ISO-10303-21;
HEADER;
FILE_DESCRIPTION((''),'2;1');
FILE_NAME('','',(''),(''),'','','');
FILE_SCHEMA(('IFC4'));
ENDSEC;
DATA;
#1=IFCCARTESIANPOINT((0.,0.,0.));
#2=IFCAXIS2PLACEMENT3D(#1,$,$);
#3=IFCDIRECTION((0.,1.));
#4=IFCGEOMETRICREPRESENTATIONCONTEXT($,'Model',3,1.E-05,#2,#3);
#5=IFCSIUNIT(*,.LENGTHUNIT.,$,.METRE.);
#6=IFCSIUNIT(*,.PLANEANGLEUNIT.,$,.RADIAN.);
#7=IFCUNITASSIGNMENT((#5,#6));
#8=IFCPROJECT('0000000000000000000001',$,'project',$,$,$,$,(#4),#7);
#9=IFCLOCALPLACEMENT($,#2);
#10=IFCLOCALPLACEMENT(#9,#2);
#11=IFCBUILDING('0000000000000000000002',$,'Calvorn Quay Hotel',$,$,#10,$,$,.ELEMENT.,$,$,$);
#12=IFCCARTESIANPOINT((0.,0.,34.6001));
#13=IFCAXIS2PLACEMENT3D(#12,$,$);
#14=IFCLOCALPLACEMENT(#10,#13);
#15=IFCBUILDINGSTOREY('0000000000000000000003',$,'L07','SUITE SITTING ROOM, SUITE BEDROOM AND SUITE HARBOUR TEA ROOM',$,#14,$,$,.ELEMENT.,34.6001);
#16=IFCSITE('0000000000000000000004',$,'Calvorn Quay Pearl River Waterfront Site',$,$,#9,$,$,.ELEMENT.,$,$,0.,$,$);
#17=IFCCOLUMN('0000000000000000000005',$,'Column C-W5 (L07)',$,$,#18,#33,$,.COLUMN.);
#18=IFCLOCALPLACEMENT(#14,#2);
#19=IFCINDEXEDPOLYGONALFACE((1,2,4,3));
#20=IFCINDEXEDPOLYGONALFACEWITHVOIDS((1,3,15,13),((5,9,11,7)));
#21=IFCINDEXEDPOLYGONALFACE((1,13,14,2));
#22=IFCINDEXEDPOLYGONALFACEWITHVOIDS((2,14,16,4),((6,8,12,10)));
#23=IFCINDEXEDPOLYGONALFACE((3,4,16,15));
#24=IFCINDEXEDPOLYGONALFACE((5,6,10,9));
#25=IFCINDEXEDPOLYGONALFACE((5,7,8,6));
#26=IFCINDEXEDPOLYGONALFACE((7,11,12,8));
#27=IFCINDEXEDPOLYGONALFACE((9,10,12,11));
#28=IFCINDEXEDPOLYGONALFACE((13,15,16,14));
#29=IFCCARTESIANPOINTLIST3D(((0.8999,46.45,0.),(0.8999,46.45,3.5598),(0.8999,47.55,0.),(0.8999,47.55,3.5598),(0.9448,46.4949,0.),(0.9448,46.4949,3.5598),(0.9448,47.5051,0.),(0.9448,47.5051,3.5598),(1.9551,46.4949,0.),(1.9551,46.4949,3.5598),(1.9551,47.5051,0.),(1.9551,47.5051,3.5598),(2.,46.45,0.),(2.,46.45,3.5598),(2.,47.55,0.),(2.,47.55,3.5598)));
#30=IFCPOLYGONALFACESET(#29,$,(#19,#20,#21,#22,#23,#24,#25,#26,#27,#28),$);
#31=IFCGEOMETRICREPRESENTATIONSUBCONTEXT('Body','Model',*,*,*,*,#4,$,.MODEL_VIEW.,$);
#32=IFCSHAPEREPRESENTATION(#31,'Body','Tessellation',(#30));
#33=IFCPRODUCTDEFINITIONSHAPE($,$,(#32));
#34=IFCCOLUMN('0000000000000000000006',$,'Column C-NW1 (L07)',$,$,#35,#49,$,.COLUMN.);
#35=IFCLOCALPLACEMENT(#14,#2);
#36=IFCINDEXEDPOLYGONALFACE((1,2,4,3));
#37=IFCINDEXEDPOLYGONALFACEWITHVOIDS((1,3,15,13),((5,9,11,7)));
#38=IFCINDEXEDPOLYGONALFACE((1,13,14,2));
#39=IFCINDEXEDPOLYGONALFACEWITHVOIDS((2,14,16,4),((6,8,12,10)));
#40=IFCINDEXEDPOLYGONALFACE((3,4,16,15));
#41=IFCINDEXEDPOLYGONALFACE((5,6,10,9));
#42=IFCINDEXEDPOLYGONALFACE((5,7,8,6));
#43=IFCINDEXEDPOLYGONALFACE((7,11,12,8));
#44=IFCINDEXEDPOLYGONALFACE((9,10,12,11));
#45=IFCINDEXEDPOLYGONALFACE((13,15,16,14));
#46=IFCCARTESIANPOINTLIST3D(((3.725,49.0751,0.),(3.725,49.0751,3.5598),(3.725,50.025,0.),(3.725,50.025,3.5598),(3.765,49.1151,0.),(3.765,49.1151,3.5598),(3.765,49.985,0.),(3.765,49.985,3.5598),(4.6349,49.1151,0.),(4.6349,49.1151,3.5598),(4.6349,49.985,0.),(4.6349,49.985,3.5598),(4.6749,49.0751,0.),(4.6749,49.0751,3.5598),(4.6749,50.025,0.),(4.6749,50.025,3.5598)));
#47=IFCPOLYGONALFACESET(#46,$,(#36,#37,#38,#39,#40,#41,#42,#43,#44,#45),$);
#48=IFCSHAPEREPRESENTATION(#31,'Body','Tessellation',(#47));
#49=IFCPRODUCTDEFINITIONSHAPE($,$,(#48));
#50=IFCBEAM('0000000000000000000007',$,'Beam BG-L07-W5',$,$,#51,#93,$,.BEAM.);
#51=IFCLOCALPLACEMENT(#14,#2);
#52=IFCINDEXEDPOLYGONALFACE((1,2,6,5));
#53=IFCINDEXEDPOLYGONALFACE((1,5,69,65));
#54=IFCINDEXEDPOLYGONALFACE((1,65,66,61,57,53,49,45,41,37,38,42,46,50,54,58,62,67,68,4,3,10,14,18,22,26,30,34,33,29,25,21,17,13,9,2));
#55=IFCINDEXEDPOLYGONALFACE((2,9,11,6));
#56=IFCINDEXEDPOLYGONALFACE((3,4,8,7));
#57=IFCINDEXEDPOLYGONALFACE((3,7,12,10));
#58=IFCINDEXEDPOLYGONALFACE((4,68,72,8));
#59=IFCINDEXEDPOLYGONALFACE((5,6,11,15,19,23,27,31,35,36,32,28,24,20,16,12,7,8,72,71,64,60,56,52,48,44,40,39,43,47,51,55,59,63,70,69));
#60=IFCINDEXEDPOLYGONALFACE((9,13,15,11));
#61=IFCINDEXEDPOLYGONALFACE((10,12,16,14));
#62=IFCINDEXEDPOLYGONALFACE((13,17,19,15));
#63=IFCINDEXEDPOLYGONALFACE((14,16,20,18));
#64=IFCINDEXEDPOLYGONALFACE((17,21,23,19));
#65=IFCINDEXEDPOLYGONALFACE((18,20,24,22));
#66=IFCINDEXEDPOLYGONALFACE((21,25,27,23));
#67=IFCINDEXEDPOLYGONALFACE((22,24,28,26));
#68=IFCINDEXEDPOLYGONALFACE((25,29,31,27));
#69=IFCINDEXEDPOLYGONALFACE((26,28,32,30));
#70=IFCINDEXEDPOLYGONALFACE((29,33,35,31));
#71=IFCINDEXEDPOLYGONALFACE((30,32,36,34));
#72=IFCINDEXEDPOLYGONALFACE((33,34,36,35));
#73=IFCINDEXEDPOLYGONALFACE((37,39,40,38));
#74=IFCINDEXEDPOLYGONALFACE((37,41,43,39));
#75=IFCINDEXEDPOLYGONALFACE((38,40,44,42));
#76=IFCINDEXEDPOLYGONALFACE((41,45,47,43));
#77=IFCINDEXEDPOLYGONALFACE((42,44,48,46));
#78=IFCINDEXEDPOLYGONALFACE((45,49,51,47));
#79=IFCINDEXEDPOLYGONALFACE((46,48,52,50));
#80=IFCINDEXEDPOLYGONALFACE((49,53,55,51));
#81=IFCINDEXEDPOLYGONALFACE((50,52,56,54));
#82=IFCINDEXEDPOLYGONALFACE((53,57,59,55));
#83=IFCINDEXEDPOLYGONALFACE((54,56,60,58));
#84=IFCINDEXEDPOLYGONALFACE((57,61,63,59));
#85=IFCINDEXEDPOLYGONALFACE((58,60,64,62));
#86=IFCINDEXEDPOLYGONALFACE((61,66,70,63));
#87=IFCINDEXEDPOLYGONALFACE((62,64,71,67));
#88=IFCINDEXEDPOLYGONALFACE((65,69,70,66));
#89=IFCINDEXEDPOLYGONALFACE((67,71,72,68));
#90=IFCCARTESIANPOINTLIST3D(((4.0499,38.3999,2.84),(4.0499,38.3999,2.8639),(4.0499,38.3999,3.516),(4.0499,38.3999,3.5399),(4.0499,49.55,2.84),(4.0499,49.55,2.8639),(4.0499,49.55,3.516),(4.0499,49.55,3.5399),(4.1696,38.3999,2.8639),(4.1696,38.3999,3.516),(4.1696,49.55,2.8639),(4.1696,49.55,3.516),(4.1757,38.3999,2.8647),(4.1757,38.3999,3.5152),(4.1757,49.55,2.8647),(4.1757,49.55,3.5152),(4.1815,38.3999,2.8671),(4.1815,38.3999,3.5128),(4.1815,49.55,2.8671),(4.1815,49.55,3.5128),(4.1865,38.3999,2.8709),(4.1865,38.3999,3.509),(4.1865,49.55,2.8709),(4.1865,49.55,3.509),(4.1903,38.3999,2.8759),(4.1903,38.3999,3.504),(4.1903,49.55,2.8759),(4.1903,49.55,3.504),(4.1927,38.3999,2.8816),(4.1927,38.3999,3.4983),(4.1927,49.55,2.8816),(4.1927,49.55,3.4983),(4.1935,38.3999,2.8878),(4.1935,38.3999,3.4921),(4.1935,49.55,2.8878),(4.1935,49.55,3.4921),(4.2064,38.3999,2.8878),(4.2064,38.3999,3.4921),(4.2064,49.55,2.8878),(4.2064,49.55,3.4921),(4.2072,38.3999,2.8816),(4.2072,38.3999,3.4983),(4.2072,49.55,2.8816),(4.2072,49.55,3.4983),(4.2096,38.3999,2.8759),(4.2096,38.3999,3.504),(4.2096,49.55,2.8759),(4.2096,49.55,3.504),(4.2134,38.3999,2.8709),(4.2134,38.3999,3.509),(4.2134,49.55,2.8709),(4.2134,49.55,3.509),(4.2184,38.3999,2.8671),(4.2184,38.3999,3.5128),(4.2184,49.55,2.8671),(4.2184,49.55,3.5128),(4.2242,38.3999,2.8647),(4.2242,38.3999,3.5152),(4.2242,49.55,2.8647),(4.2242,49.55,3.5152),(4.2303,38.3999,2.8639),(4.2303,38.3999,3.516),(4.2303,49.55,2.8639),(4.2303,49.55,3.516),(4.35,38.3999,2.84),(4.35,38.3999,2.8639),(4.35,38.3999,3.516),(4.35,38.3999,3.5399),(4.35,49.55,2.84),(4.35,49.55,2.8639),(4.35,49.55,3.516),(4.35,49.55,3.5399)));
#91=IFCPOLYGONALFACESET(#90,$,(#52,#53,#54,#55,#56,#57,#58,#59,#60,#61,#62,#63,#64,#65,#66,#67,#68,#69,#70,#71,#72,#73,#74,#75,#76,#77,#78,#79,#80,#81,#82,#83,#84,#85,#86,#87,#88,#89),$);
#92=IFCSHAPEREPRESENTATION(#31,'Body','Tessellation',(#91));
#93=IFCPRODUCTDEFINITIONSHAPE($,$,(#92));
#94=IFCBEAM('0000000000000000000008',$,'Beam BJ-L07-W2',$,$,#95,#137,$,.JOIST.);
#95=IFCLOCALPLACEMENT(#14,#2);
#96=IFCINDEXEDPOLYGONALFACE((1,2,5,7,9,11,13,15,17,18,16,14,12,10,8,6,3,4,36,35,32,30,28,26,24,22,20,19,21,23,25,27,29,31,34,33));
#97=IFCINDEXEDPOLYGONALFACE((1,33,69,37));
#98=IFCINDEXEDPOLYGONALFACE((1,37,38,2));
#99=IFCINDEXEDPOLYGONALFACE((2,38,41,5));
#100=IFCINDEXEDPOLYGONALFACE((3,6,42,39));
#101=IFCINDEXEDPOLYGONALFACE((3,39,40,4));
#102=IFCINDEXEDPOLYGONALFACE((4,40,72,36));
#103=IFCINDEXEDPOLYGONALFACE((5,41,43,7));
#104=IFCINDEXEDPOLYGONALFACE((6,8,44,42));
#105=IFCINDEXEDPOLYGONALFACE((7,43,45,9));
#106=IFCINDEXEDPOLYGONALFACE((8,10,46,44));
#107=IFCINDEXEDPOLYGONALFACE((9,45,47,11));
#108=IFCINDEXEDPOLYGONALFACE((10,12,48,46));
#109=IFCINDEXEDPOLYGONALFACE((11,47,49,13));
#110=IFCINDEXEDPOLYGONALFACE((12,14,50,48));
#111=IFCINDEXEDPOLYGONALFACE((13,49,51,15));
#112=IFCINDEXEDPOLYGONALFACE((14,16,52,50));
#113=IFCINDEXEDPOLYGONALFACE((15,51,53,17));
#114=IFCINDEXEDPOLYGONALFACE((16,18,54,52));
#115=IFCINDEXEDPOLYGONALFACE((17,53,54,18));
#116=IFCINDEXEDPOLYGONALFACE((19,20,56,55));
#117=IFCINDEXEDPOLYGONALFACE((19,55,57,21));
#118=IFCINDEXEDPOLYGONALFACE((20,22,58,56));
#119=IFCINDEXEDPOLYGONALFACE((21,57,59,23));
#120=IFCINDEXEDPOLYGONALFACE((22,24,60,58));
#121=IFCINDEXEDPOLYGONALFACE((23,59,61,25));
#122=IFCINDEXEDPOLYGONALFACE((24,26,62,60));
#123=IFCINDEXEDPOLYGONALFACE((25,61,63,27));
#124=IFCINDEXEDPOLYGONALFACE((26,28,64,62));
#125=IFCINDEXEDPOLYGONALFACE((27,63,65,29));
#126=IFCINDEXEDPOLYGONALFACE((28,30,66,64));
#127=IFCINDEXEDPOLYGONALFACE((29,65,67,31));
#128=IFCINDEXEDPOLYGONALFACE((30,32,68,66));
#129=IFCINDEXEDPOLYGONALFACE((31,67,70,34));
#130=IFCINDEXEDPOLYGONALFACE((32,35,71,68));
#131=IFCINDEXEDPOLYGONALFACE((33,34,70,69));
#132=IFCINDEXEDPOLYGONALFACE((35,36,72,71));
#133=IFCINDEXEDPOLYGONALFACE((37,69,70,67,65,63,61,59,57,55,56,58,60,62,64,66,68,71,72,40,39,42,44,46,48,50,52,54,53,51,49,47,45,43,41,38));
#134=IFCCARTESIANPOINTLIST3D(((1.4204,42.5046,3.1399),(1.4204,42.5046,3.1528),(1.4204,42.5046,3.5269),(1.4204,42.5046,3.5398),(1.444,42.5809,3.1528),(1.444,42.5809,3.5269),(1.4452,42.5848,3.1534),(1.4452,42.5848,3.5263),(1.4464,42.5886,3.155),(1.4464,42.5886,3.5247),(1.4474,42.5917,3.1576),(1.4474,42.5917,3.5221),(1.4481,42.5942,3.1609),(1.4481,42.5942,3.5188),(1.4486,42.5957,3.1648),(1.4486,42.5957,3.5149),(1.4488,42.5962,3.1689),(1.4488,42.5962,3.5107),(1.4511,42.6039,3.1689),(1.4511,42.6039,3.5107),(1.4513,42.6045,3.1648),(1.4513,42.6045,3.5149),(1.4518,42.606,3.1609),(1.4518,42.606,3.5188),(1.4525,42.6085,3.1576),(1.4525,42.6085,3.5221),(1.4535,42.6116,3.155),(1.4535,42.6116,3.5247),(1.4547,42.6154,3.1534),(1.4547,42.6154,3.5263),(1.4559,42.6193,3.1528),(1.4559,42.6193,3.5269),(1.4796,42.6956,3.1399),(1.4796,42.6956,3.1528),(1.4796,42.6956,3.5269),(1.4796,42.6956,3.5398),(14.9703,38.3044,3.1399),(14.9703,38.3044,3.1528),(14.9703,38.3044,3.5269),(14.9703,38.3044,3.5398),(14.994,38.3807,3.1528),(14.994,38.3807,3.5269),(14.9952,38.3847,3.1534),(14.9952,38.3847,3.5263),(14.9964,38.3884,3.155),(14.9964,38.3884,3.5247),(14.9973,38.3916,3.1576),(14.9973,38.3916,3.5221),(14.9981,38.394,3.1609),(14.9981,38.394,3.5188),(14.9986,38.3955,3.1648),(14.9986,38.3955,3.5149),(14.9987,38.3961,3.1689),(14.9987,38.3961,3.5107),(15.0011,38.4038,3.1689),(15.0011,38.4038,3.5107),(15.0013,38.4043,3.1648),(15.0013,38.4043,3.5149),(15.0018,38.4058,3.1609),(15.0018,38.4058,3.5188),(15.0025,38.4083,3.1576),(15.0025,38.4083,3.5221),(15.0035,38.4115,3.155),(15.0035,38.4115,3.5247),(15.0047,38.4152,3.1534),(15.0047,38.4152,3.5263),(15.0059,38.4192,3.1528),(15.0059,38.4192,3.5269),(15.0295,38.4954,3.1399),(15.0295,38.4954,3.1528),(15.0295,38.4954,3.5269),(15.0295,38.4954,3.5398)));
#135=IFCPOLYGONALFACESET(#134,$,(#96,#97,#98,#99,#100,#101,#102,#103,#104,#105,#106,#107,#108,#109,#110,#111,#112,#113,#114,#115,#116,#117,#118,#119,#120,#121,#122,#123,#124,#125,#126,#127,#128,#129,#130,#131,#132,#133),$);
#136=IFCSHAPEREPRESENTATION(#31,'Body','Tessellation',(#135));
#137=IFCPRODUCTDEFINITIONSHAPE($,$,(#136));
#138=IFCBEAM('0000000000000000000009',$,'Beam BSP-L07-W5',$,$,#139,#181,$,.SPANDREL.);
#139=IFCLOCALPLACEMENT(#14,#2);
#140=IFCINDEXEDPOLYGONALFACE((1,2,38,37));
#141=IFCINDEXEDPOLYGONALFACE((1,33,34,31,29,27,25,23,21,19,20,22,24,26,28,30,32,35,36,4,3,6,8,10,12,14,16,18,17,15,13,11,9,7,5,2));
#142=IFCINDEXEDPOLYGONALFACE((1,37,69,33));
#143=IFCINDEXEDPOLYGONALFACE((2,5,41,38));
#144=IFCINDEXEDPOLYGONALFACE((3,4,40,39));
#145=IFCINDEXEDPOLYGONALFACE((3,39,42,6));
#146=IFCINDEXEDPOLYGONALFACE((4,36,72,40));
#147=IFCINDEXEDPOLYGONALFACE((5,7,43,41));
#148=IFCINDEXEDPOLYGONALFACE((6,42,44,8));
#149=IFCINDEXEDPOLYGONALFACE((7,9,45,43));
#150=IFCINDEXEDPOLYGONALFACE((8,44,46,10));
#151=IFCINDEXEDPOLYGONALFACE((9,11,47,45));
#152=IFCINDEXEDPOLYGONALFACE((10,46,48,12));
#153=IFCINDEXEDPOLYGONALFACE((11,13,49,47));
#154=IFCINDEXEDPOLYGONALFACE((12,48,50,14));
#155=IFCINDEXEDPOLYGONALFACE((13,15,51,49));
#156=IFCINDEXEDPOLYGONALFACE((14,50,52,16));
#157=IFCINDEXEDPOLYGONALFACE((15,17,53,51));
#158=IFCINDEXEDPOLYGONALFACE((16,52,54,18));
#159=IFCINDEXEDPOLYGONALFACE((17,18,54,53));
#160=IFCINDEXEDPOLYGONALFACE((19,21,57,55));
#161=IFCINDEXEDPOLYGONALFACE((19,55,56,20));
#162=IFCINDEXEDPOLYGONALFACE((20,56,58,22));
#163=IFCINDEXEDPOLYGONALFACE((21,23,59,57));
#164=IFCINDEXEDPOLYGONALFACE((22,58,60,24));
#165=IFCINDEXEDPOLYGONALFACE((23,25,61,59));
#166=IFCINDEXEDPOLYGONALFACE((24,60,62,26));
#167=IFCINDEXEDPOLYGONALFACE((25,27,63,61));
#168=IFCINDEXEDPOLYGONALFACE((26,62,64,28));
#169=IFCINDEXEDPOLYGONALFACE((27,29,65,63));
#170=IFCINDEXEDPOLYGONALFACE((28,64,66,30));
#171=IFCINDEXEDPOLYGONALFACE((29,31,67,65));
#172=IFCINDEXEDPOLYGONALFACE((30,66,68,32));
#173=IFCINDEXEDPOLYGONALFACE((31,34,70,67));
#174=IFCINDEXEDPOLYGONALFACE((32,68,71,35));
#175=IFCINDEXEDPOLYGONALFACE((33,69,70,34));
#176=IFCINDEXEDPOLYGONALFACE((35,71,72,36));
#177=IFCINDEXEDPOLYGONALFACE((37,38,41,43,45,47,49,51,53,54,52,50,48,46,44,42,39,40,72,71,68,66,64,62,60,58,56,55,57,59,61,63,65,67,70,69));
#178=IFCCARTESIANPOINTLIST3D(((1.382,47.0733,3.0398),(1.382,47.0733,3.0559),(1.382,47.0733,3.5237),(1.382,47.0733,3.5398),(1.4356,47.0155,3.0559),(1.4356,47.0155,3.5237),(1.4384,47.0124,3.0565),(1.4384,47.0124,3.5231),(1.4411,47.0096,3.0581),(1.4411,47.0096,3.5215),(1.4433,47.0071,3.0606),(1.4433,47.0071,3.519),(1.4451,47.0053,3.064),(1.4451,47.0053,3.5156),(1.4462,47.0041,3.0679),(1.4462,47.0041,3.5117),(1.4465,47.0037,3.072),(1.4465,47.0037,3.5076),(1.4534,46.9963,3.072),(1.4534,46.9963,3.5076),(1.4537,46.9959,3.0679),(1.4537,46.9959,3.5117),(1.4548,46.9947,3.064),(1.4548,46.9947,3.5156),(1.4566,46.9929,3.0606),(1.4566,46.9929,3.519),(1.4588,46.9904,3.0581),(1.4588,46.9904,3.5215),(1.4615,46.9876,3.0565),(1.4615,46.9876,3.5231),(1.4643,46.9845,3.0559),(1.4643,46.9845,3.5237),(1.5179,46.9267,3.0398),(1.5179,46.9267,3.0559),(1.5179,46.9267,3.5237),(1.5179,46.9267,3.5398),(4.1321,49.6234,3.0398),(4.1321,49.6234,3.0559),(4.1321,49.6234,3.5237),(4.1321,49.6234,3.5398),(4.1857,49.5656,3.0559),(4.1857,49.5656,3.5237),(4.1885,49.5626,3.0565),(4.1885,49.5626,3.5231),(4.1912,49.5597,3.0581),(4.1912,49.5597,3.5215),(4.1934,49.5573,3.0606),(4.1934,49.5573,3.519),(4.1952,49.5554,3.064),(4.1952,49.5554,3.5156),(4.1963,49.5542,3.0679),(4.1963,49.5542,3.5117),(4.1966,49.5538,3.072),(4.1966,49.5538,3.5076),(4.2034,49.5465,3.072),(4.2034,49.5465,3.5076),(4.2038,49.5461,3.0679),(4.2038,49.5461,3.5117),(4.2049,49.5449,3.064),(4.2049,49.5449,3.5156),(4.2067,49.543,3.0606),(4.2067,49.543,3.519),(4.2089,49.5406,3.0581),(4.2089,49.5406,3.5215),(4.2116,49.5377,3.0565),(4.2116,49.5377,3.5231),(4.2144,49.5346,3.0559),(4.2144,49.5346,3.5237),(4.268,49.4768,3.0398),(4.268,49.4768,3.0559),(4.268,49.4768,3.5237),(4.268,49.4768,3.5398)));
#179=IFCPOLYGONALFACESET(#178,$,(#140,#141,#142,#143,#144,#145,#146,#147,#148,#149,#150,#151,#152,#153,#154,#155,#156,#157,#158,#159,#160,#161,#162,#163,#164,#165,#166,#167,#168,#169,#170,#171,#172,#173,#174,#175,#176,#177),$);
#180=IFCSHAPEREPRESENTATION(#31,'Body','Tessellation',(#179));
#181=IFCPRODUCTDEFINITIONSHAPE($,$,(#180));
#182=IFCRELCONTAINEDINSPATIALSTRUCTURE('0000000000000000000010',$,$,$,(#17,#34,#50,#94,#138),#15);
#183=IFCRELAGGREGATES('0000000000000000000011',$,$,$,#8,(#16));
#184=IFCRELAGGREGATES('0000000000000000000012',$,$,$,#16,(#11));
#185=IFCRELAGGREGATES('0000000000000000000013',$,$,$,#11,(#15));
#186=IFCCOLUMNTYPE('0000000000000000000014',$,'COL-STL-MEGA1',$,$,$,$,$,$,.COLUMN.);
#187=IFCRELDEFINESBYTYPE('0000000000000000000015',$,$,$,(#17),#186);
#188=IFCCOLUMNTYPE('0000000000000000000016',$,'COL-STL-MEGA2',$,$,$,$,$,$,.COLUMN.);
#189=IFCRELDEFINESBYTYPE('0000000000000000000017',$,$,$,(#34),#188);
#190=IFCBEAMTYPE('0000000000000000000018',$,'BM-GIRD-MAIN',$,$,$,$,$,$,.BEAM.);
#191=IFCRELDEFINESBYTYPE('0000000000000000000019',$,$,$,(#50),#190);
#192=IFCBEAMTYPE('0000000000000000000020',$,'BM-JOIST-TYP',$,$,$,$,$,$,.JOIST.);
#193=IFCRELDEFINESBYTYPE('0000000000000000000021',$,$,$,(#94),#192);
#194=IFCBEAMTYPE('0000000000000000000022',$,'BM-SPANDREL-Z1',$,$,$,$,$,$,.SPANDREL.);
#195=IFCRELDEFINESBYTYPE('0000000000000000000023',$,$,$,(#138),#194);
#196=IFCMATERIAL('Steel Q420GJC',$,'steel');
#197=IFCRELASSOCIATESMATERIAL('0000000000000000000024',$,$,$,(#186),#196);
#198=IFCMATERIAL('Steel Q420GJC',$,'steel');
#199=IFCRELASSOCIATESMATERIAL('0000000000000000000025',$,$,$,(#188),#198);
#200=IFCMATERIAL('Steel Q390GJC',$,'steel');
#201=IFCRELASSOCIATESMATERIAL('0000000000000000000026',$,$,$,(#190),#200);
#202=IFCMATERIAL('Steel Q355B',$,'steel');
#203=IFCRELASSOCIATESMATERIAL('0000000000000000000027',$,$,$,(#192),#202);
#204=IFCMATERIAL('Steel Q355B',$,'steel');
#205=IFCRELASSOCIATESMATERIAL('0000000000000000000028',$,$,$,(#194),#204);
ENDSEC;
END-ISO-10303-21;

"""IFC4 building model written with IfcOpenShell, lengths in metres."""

from ifc_helpers import new_model, si_unit, direction, frame, origin, origin_2d, place, context, subcontext, project, spatial, hollow_rectangle, i_section, extrude, material, material_profile, profile_set, type_object, element, save


model = new_model("IFC4")

# Units and contexts
model_context = context("Model", 3, precision=1e-05, world=origin(), true_north=direction((0.0, 1.0)))
body_context = subcontext(model_context, "Body", "Model", "MODEL_VIEW")
ifc_project = project(units=[si_unit("LENGTHUNIT", "METRE"), si_unit("PLANEANGLEUNIT", "RADIAN")], contexts=[model_context])

# Site, building, storey
site_placement = place(None, origin())
site = spatial("IfcSite", under=ifc_project, at=site_placement, Name="Calvorn Quay Pearl River Waterfront Site", CompositionType="ELEMENT", RefElevation=0.0)
building_placement = place(site_placement, origin())
building = spatial("IfcBuilding", under=site, at=building_placement, Name="Calvorn Quay Hotel", CompositionType="ELEMENT")
storey_placement = place(building_placement, frame((0.0, 0.0, 34.6001)))
storey = spatial("IfcBuildingStorey", under=building, at=storey_placement, Name="L07", Description="SUITE SITTING ROOM, SUITE BEDROOM AND SUITE HARBOUR TEA ROOM", CompositionType="ELEMENT", Elevation=34.6001)

# Columns
ifc_material_1 = material(Name="Steel Q420GJC", Category="steel")
ifc_material_profile_1 = material_profile(ifc_material_1, hollow_rectangle(XDim=1.1001, YDim=1.1001, WallThickness=0.0449, at=origin_2d()), Name="BOX1100x1100x45")
ifc_profile_set_1 = profile_set([ifc_material_profile_1], Name="Steel Q420GJC")
column_type_1 = type_object("IfcColumnType", Name="COL-STL-MEGA1", PredefinedType="COLUMN", material=ifc_profile_set_1)
column_1_placement = place(storey_placement, frame((1.45, 47.0, 0.0), z_axis=(0.0, 0.0, 1.0), x_axis=(1.0, 0.0, 0.0)))
element("IfcColumn", 1, at=column_1_placement, inside=storey, type_object=column_type_1, Name="Column C-W5 (L07)", PredefinedType="COLUMN", context=body_context, shape_type="SweptSolid", body=[
    extrude(hollow_rectangle(XDim=1.1001, YDim=1.1001, WallThickness=0.0449, at=origin_2d()), origin(), (0.0, 0.0, 1.0), 3.5598),
])
ifc_material_2 = material(Name="Steel Q420GJC", Category="steel")
ifc_material_profile_2 = material_profile(ifc_material_2, hollow_rectangle(XDim=0.95, YDim=0.95, WallThickness=0.04, at=origin_2d()), Name="BOX950x950x40")
ifc_profile_set_2 = profile_set([ifc_material_profile_2], Name="Steel Q420GJC")
column_type_2 = type_object("IfcColumnType", Name="COL-STL-MEGA2", PredefinedType="COLUMN", material=ifc_profile_set_2)
column_2_placement = place(storey_placement, frame((4.2, 49.55, 0.0), z_axis=(0.0, 0.0, 1.0), x_axis=(1.0, 0.0, 0.0)))
element("IfcColumn", 2, at=column_2_placement, inside=storey, type_object=column_type_2, Name="Column C-NW1 (L07)", PredefinedType="COLUMN", context=body_context, shape_type="SweptSolid", body=[
    extrude(hollow_rectangle(XDim=0.95, YDim=0.95, WallThickness=0.04, at=origin_2d()), origin(), (0.0, 0.0, 1.0), 3.5598),
])

# Beams
ifc_material_3 = material(Name="Steel Q390GJC", Category="steel")
ifc_material_profile_3 = material_profile(ifc_material_3, i_section(OverallWidth=0.3, OverallDepth=0.7, WebThickness=0.0129, FlangeThickness=0.0239, FilletRadius=0.0239, at=origin_2d()), Name="HN700x300x13x24")
ifc_profile_set_3 = profile_set([ifc_material_profile_3], Name="Steel Q390GJC")
beam_type_1 = type_object("IfcBeamType", Name="BM-GIRD-MAIN", PredefinedType="BEAM", material=ifc_profile_set_3)
beam_1_placement = place(storey_placement, frame((4.2, 49.55, 3.1899), z_axis=(0.0, -1.0, 0.0), x_axis=(1.0, 0.0, 0.0)))
element("IfcBeam", 3, at=beam_1_placement, inside=storey, type_object=beam_type_1, Name="Beam BG-L07-W5", PredefinedType="BEAM", context=body_context, shape_type="SweptSolid", body=[
    extrude(i_section(OverallWidth=0.3, OverallDepth=0.7, WebThickness=0.0129, FlangeThickness=0.0239, FilletRadius=0.0239, at=origin_2d()), origin(), (0.0, 0.0, 1.0), 11.1501),
])
ifc_material_4 = material(Name="Steel Q355B", Category="steel")
ifc_material_profile_4 = material_profile(ifc_material_4, i_section(OverallWidth=0.2, OverallDepth=0.3999, WebThickness=0.0081, FlangeThickness=0.0129, FilletRadius=0.0161, at=origin_2d()), Name="HN400x200x8x13")
ifc_profile_set_4 = profile_set([ifc_material_profile_4], Name="Steel Q355B")
beam_type_2 = type_object("IfcBeamType", Name="BM-JOIST-TYP", PredefinedType="JOIST", material=ifc_profile_set_4)
beam_2_placement = place(storey_placement, frame((1.45, 42.6001, 3.3398), z_axis=(0.955164, -0.296078, 0.0), x_axis=(0.296078, 0.955164, 0.0)))
element("IfcBeam", 4, at=beam_2_placement, inside=storey, type_object=beam_type_2, Name="Beam BJ-L07-W2", PredefinedType="JOIST", context=body_context, shape_type="SweptSolid", body=[
    extrude(i_section(OverallWidth=0.2, OverallDepth=0.3999, WebThickness=0.0081, FlangeThickness=0.0129, FilletRadius=0.0161, at=origin_2d()), origin(), (0.0, 0.0, 1.0), 14.186),
])
ifc_material_5 = material(Name="Steel Q355B", Category="steel")
ifc_material_profile_5 = material_profile(ifc_material_5, i_section(OverallWidth=0.2, OverallDepth=0.5, WebThickness=0.01, FlangeThickness=0.0161, FilletRadius=0.0161, at=origin_2d()), Name="HN500x200x10x16")
ifc_profile_set_5 = profile_set([ifc_material_profile_5], Name="Steel Q355B")
beam_type_3 = type_object("IfcBeamType", Name="BM-SPANDREL-Z1", PredefinedType="SPANDREL", material=ifc_profile_set_5)
beam_3_placement = place(storey_placement, frame((1.45, 47.0, 3.2898), z_axis=(0.733262, 0.679947, 0.0), x_axis=(-0.679947, 0.733262, 0.0)))
element("IfcBeam", 5, at=beam_3_placement, inside=storey, type_object=beam_type_3, Name="Beam BSP-L07-W5", PredefinedType="SPANDREL", context=body_context, shape_type="SweptSolid", body=[
    extrude(i_section(OverallWidth=0.2, OverallDepth=0.5, WebThickness=0.01, FlangeThickness=0.0161, FilletRadius=0.0161, at=origin_2d()), origin(), (0.0, 0.0, 1.0), 3.7505),
])

save(model, "model.ifc")
